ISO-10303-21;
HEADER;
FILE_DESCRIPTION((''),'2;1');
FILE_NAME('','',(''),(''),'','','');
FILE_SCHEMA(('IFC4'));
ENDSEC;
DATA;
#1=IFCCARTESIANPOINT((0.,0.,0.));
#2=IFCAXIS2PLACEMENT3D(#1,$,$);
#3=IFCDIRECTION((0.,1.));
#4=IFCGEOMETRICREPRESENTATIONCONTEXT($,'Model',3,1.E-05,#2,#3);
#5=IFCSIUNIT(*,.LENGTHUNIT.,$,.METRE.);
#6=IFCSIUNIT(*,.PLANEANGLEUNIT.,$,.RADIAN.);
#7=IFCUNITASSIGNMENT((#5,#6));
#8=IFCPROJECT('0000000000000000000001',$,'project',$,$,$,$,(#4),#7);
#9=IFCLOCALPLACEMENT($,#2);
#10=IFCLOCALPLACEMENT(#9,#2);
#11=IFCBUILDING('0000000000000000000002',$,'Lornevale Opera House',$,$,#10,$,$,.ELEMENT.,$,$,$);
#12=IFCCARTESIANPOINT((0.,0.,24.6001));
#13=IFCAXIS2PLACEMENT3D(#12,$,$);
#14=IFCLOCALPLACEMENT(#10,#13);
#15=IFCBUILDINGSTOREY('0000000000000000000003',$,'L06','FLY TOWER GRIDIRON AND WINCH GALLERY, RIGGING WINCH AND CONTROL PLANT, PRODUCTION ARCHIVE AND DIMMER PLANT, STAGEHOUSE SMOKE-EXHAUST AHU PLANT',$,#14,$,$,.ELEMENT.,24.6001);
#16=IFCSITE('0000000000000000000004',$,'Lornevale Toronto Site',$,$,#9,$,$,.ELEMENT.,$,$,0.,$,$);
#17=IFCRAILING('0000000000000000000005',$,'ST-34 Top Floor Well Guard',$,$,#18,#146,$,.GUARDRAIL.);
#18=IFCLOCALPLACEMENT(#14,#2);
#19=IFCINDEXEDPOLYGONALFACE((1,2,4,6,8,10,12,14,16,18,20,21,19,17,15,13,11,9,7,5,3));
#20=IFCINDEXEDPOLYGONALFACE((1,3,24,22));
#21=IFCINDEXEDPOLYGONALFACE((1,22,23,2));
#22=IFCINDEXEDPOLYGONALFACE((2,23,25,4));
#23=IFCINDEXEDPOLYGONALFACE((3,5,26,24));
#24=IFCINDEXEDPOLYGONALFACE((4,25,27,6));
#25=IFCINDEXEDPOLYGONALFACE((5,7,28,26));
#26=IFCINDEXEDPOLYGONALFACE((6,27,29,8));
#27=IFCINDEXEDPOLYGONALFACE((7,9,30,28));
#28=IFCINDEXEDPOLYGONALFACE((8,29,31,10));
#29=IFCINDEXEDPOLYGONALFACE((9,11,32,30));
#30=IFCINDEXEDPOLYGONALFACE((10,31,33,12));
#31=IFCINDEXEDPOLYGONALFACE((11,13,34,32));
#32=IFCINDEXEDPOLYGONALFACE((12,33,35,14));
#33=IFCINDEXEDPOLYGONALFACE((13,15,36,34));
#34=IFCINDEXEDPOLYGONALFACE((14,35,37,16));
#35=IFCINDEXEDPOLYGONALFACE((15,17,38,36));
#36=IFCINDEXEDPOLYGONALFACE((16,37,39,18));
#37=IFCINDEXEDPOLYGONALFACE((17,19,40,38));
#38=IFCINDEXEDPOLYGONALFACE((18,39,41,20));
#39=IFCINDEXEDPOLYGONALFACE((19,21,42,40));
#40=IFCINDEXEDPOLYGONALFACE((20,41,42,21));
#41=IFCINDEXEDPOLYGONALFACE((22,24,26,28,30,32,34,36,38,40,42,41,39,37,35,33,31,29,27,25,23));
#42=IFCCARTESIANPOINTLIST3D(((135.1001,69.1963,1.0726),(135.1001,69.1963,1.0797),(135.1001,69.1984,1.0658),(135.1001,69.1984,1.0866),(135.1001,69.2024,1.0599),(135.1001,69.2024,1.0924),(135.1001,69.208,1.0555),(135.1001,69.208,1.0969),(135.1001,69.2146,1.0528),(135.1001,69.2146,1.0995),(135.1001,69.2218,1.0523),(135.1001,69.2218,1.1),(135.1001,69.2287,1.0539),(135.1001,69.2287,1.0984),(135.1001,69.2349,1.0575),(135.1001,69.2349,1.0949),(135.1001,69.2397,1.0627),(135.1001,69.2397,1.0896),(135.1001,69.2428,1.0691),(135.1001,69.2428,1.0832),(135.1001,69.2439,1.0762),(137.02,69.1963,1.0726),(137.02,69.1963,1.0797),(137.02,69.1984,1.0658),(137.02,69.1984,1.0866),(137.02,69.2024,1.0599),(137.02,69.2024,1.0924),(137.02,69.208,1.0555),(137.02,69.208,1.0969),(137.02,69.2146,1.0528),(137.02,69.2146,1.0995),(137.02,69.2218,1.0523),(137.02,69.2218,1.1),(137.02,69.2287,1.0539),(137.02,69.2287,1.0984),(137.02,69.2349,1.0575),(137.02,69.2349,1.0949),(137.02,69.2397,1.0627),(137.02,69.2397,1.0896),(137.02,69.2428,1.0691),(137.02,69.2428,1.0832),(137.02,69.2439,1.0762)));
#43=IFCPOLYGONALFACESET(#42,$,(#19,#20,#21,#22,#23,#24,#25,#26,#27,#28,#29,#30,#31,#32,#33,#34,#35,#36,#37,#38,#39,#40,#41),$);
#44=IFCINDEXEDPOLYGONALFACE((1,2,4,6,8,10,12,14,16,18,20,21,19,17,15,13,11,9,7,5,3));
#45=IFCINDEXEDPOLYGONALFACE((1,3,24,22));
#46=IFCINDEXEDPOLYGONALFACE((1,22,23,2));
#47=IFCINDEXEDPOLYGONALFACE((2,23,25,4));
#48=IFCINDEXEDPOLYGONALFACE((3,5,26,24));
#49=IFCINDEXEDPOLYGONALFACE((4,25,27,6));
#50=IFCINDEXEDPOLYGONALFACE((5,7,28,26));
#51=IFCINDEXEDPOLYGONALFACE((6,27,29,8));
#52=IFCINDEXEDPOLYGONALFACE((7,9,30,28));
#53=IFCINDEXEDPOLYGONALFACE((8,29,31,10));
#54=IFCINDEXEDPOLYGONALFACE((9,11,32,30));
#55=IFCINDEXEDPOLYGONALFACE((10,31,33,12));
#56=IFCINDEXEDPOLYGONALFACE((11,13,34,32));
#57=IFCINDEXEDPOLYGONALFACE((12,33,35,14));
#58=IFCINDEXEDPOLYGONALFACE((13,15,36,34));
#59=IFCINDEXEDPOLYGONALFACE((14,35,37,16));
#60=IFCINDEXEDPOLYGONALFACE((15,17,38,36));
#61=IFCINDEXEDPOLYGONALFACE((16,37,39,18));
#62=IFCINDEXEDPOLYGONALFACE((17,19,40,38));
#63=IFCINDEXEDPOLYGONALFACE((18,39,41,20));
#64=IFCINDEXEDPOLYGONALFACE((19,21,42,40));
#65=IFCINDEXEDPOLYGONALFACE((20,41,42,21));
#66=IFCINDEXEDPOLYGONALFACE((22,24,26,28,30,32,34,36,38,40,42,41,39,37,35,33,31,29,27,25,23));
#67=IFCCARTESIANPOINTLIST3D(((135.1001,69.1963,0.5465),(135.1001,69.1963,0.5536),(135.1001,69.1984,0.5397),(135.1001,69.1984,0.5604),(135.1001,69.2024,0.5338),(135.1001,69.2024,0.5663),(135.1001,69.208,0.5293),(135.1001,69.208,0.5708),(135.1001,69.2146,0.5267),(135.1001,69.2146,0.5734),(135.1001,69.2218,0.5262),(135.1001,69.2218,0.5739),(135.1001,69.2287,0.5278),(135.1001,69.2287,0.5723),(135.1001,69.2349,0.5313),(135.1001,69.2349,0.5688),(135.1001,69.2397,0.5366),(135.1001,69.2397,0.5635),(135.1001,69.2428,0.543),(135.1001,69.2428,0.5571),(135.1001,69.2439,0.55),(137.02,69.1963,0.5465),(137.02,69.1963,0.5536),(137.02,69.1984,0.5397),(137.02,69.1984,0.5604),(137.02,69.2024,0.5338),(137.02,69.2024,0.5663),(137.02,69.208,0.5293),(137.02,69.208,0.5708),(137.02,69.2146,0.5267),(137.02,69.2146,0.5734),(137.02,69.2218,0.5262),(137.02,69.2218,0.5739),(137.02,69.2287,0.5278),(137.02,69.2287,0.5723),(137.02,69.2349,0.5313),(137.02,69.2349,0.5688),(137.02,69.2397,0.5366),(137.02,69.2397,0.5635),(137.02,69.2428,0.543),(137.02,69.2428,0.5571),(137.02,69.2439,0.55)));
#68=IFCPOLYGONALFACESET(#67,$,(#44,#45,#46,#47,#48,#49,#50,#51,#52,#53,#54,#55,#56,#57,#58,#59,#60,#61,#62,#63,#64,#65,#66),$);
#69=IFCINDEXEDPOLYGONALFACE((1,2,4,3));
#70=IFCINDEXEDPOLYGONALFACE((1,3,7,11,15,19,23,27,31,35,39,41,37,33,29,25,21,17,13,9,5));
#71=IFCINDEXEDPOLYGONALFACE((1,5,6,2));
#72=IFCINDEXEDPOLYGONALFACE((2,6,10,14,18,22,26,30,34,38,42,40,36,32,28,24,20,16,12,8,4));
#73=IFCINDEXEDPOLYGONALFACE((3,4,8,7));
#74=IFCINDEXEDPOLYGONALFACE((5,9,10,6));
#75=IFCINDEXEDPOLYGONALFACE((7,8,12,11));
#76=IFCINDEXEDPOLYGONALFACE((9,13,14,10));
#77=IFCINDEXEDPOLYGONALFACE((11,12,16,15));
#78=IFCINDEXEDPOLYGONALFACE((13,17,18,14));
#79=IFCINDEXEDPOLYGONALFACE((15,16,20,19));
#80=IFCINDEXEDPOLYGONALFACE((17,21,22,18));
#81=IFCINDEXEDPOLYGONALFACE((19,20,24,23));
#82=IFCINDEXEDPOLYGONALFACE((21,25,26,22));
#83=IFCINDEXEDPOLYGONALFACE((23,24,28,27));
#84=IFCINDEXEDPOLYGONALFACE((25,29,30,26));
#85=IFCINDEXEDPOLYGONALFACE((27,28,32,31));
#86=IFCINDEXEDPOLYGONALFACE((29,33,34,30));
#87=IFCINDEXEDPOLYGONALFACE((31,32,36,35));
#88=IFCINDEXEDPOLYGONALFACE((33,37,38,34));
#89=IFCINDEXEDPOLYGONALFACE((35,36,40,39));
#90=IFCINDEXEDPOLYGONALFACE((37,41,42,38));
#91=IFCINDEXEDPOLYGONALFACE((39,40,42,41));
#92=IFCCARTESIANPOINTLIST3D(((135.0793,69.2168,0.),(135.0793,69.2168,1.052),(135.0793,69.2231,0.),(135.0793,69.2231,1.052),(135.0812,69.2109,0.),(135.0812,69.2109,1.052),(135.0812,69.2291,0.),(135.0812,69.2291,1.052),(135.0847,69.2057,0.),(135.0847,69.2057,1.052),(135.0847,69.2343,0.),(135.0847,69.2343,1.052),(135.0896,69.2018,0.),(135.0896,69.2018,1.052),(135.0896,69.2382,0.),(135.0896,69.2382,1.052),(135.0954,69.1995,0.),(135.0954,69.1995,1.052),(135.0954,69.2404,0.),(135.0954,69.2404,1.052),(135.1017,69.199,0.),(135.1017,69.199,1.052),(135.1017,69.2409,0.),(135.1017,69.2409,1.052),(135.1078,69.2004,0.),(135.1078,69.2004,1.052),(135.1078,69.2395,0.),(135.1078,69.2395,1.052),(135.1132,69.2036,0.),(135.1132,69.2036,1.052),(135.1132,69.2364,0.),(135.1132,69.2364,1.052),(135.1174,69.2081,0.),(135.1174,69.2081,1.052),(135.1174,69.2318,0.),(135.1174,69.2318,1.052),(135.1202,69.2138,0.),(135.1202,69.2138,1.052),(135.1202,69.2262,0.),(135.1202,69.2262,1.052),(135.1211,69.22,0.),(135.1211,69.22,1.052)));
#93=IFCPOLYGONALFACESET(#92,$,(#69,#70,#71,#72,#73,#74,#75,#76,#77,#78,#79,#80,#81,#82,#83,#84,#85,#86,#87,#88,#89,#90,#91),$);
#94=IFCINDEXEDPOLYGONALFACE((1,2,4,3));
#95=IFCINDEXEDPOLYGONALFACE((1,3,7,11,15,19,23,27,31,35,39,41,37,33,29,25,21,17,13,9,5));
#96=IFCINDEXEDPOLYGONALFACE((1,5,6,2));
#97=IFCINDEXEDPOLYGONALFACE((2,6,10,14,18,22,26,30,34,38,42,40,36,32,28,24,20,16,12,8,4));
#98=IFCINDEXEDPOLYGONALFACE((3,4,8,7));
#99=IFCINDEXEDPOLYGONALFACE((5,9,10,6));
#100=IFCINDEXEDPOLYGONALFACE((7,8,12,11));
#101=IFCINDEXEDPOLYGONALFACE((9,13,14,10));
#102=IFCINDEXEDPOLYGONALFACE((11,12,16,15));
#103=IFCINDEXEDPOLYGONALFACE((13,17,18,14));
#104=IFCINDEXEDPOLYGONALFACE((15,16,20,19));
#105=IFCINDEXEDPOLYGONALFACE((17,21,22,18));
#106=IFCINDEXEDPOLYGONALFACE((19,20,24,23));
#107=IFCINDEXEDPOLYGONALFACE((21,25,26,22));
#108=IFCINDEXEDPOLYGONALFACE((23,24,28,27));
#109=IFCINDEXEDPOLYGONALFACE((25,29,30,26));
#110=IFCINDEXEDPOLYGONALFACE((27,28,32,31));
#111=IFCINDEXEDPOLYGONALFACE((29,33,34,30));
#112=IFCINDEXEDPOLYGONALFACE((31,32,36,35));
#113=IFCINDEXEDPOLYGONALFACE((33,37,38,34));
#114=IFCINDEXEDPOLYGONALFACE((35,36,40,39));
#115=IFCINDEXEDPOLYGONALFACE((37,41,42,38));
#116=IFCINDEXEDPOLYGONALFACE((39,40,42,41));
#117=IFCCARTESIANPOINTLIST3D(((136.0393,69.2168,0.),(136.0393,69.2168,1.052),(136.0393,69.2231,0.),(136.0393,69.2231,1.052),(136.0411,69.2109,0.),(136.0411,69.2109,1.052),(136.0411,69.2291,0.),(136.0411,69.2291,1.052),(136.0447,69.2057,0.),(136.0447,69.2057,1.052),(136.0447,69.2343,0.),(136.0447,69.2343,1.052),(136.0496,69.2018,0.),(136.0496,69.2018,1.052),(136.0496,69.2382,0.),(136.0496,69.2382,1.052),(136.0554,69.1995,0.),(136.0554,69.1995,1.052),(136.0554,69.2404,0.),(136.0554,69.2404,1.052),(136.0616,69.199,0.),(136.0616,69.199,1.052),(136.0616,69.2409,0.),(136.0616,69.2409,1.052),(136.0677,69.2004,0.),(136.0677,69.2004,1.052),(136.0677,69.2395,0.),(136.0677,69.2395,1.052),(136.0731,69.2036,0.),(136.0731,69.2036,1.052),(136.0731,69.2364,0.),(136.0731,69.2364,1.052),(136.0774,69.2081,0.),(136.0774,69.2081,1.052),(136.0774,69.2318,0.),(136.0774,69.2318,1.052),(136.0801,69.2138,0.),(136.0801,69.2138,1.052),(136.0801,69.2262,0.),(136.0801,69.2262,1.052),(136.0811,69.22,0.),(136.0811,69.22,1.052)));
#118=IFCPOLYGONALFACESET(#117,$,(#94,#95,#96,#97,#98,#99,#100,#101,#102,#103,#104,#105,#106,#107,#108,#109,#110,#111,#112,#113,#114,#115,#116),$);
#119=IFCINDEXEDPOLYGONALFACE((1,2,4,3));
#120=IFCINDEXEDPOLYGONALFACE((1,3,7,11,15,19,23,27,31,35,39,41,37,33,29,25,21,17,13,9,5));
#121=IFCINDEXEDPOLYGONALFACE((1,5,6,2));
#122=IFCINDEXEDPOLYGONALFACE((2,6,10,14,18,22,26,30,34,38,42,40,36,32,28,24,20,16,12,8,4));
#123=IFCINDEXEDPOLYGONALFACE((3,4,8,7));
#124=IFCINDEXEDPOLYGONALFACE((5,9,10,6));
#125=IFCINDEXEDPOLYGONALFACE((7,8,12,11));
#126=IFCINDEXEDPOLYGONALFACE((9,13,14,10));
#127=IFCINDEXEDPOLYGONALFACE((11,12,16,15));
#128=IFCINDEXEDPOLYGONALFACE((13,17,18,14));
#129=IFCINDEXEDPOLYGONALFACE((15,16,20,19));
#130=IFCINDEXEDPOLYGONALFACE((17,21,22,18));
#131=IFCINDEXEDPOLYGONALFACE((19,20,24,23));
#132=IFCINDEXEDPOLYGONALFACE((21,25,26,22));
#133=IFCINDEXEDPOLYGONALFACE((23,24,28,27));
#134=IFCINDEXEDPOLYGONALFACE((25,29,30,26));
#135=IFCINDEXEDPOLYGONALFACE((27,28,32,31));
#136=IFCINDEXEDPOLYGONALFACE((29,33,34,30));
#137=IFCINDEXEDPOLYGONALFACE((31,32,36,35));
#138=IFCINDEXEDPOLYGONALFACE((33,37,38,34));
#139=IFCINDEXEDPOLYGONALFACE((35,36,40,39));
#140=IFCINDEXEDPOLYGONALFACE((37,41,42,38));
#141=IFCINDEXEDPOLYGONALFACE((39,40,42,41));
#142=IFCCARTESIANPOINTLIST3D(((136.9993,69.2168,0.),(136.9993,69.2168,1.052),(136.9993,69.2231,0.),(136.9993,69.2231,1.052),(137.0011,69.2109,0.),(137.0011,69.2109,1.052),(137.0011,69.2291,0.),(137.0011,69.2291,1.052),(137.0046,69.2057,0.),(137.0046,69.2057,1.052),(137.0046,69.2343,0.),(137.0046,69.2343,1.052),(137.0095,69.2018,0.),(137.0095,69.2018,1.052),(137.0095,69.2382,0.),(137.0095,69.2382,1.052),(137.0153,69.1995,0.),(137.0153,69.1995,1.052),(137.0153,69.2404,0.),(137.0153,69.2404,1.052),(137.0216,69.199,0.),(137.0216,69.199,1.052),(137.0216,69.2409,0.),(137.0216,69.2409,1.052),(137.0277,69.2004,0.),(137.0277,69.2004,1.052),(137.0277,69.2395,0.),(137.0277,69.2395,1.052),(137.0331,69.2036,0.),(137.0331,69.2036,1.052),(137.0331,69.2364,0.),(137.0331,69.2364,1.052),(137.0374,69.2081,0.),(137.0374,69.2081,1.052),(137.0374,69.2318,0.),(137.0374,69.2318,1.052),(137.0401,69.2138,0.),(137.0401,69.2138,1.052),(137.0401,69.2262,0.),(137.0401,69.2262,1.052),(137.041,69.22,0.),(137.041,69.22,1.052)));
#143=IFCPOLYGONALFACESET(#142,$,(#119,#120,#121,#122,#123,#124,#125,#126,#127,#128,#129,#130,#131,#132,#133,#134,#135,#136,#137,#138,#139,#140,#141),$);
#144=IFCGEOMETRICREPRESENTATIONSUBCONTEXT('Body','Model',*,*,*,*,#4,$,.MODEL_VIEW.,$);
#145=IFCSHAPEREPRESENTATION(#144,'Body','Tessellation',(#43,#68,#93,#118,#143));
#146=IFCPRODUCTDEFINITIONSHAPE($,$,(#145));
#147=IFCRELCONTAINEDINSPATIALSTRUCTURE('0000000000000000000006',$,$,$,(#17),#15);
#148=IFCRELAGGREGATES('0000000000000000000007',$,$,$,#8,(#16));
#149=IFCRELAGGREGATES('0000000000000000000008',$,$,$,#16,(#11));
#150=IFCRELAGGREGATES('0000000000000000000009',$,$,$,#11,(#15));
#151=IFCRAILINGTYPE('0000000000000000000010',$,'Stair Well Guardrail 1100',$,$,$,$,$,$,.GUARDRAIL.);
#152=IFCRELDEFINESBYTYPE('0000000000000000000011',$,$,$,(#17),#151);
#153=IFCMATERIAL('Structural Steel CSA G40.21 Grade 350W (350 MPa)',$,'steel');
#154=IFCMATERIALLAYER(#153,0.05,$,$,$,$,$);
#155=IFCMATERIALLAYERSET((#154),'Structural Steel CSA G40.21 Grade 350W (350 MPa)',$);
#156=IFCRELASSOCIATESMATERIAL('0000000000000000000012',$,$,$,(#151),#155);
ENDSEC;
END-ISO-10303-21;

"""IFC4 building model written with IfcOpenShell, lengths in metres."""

from ifc_helpers import new_model, si_unit, direction, frame, origin, origin_2d, place, context, subcontext, project, spatial, circle, extrude, material, layer, layer_set, type_object, element, save


model = new_model("IFC4")

# Units and contexts
model_context = context("Model", 3, precision=1e-05, world=origin(), true_north=direction((0.0, 1.0)))
body_context = subcontext(model_context, "Body", "Model", "MODEL_VIEW")
ifc_project = project(units=[si_unit("LENGTHUNIT", "METRE"), si_unit("PLANEANGLEUNIT", "RADIAN")], contexts=[model_context])

# Site, building, storey
site_placement = place(None, origin())
site = spatial("IfcSite", under=ifc_project, at=site_placement, Name="Lornevale Toronto Site", CompositionType="ELEMENT", RefElevation=0.0)
building_placement = place(site_placement, origin())
building = spatial("IfcBuilding", under=site, at=building_placement, Name="Lornevale Opera House", CompositionType="ELEMENT")
storey_placement = place(building_placement, frame((0.0, 0.0, 24.6001)))
storey = spatial("IfcBuildingStorey", under=building, at=storey_placement, Name="L06", Description="FLY TOWER GRIDIRON AND WINCH GALLERY, RIGGING WINCH AND CONTROL PLANT, PRODUCTION ARCHIVE AND DIMMER PLANT, STAGEHOUSE SMOKE-EXHAUST AHU PLANT", CompositionType="ELEMENT", Elevation=24.6001)

# Shared definitions
ifc_material_1 = material(Name="Structural Steel CSA G40.21 Grade 350W (350 MPa)", Category="steel")

# Railing
ifc_layer_1 = layer(ifc_material_1, 0.05)
ifc_layer_set_1 = layer_set([ifc_layer_1], Name="Structural Steel CSA G40.21 Grade 350W (350 MPa)")
railing_type = type_object("IfcRailingType", Name="Stair Well Guardrail 1100", PredefinedType="GUARDRAIL", material=ifc_layer_set_1)
railing_placement = place(storey_placement, frame((135.1001, 69.22, 0.0)))
element("IfcRailing", 1, at=railing_placement, inside=storey, type_object=railing_type, Name="ST-34 Top Floor Well Guard", PredefinedType="GUARDRAIL", context=body_context, shape_type="SweptSolid", body=[
    extrude(circle(Radius=0.0239, at=origin_2d()), frame((0.0, 0.0, 1.0762), z_axis=(1.0, 0.0, 0.0), x_axis=(0.0, 1.0, 0.0)), (0.0, 0.0, 1.0), 1.9199),
    extrude(circle(Radius=0.0239, at=origin_2d()), frame((0.0, 0.0, 0.55), z_axis=(1.0, 0.0, 0.0), x_axis=(0.0, 1.0, 0.0)), (0.0, 0.0, 1.0), 1.9199),
    extrude(circle(Radius=0.021, at=origin_2d()), origin(), (0.0, 0.0, 1.0), 1.052),
    extrude(circle(Radius=0.021, at=origin_2d()), frame((0.96, 0.0, 0.0)), (0.0, 0.0, 1.0), 1.052),
    extrude(circle(Radius=0.021, at=origin_2d()), frame((1.9199, 0.0, 0.0)), (0.0, 0.0, 1.0), 1.052),
])

save(model, "model.ifc")
